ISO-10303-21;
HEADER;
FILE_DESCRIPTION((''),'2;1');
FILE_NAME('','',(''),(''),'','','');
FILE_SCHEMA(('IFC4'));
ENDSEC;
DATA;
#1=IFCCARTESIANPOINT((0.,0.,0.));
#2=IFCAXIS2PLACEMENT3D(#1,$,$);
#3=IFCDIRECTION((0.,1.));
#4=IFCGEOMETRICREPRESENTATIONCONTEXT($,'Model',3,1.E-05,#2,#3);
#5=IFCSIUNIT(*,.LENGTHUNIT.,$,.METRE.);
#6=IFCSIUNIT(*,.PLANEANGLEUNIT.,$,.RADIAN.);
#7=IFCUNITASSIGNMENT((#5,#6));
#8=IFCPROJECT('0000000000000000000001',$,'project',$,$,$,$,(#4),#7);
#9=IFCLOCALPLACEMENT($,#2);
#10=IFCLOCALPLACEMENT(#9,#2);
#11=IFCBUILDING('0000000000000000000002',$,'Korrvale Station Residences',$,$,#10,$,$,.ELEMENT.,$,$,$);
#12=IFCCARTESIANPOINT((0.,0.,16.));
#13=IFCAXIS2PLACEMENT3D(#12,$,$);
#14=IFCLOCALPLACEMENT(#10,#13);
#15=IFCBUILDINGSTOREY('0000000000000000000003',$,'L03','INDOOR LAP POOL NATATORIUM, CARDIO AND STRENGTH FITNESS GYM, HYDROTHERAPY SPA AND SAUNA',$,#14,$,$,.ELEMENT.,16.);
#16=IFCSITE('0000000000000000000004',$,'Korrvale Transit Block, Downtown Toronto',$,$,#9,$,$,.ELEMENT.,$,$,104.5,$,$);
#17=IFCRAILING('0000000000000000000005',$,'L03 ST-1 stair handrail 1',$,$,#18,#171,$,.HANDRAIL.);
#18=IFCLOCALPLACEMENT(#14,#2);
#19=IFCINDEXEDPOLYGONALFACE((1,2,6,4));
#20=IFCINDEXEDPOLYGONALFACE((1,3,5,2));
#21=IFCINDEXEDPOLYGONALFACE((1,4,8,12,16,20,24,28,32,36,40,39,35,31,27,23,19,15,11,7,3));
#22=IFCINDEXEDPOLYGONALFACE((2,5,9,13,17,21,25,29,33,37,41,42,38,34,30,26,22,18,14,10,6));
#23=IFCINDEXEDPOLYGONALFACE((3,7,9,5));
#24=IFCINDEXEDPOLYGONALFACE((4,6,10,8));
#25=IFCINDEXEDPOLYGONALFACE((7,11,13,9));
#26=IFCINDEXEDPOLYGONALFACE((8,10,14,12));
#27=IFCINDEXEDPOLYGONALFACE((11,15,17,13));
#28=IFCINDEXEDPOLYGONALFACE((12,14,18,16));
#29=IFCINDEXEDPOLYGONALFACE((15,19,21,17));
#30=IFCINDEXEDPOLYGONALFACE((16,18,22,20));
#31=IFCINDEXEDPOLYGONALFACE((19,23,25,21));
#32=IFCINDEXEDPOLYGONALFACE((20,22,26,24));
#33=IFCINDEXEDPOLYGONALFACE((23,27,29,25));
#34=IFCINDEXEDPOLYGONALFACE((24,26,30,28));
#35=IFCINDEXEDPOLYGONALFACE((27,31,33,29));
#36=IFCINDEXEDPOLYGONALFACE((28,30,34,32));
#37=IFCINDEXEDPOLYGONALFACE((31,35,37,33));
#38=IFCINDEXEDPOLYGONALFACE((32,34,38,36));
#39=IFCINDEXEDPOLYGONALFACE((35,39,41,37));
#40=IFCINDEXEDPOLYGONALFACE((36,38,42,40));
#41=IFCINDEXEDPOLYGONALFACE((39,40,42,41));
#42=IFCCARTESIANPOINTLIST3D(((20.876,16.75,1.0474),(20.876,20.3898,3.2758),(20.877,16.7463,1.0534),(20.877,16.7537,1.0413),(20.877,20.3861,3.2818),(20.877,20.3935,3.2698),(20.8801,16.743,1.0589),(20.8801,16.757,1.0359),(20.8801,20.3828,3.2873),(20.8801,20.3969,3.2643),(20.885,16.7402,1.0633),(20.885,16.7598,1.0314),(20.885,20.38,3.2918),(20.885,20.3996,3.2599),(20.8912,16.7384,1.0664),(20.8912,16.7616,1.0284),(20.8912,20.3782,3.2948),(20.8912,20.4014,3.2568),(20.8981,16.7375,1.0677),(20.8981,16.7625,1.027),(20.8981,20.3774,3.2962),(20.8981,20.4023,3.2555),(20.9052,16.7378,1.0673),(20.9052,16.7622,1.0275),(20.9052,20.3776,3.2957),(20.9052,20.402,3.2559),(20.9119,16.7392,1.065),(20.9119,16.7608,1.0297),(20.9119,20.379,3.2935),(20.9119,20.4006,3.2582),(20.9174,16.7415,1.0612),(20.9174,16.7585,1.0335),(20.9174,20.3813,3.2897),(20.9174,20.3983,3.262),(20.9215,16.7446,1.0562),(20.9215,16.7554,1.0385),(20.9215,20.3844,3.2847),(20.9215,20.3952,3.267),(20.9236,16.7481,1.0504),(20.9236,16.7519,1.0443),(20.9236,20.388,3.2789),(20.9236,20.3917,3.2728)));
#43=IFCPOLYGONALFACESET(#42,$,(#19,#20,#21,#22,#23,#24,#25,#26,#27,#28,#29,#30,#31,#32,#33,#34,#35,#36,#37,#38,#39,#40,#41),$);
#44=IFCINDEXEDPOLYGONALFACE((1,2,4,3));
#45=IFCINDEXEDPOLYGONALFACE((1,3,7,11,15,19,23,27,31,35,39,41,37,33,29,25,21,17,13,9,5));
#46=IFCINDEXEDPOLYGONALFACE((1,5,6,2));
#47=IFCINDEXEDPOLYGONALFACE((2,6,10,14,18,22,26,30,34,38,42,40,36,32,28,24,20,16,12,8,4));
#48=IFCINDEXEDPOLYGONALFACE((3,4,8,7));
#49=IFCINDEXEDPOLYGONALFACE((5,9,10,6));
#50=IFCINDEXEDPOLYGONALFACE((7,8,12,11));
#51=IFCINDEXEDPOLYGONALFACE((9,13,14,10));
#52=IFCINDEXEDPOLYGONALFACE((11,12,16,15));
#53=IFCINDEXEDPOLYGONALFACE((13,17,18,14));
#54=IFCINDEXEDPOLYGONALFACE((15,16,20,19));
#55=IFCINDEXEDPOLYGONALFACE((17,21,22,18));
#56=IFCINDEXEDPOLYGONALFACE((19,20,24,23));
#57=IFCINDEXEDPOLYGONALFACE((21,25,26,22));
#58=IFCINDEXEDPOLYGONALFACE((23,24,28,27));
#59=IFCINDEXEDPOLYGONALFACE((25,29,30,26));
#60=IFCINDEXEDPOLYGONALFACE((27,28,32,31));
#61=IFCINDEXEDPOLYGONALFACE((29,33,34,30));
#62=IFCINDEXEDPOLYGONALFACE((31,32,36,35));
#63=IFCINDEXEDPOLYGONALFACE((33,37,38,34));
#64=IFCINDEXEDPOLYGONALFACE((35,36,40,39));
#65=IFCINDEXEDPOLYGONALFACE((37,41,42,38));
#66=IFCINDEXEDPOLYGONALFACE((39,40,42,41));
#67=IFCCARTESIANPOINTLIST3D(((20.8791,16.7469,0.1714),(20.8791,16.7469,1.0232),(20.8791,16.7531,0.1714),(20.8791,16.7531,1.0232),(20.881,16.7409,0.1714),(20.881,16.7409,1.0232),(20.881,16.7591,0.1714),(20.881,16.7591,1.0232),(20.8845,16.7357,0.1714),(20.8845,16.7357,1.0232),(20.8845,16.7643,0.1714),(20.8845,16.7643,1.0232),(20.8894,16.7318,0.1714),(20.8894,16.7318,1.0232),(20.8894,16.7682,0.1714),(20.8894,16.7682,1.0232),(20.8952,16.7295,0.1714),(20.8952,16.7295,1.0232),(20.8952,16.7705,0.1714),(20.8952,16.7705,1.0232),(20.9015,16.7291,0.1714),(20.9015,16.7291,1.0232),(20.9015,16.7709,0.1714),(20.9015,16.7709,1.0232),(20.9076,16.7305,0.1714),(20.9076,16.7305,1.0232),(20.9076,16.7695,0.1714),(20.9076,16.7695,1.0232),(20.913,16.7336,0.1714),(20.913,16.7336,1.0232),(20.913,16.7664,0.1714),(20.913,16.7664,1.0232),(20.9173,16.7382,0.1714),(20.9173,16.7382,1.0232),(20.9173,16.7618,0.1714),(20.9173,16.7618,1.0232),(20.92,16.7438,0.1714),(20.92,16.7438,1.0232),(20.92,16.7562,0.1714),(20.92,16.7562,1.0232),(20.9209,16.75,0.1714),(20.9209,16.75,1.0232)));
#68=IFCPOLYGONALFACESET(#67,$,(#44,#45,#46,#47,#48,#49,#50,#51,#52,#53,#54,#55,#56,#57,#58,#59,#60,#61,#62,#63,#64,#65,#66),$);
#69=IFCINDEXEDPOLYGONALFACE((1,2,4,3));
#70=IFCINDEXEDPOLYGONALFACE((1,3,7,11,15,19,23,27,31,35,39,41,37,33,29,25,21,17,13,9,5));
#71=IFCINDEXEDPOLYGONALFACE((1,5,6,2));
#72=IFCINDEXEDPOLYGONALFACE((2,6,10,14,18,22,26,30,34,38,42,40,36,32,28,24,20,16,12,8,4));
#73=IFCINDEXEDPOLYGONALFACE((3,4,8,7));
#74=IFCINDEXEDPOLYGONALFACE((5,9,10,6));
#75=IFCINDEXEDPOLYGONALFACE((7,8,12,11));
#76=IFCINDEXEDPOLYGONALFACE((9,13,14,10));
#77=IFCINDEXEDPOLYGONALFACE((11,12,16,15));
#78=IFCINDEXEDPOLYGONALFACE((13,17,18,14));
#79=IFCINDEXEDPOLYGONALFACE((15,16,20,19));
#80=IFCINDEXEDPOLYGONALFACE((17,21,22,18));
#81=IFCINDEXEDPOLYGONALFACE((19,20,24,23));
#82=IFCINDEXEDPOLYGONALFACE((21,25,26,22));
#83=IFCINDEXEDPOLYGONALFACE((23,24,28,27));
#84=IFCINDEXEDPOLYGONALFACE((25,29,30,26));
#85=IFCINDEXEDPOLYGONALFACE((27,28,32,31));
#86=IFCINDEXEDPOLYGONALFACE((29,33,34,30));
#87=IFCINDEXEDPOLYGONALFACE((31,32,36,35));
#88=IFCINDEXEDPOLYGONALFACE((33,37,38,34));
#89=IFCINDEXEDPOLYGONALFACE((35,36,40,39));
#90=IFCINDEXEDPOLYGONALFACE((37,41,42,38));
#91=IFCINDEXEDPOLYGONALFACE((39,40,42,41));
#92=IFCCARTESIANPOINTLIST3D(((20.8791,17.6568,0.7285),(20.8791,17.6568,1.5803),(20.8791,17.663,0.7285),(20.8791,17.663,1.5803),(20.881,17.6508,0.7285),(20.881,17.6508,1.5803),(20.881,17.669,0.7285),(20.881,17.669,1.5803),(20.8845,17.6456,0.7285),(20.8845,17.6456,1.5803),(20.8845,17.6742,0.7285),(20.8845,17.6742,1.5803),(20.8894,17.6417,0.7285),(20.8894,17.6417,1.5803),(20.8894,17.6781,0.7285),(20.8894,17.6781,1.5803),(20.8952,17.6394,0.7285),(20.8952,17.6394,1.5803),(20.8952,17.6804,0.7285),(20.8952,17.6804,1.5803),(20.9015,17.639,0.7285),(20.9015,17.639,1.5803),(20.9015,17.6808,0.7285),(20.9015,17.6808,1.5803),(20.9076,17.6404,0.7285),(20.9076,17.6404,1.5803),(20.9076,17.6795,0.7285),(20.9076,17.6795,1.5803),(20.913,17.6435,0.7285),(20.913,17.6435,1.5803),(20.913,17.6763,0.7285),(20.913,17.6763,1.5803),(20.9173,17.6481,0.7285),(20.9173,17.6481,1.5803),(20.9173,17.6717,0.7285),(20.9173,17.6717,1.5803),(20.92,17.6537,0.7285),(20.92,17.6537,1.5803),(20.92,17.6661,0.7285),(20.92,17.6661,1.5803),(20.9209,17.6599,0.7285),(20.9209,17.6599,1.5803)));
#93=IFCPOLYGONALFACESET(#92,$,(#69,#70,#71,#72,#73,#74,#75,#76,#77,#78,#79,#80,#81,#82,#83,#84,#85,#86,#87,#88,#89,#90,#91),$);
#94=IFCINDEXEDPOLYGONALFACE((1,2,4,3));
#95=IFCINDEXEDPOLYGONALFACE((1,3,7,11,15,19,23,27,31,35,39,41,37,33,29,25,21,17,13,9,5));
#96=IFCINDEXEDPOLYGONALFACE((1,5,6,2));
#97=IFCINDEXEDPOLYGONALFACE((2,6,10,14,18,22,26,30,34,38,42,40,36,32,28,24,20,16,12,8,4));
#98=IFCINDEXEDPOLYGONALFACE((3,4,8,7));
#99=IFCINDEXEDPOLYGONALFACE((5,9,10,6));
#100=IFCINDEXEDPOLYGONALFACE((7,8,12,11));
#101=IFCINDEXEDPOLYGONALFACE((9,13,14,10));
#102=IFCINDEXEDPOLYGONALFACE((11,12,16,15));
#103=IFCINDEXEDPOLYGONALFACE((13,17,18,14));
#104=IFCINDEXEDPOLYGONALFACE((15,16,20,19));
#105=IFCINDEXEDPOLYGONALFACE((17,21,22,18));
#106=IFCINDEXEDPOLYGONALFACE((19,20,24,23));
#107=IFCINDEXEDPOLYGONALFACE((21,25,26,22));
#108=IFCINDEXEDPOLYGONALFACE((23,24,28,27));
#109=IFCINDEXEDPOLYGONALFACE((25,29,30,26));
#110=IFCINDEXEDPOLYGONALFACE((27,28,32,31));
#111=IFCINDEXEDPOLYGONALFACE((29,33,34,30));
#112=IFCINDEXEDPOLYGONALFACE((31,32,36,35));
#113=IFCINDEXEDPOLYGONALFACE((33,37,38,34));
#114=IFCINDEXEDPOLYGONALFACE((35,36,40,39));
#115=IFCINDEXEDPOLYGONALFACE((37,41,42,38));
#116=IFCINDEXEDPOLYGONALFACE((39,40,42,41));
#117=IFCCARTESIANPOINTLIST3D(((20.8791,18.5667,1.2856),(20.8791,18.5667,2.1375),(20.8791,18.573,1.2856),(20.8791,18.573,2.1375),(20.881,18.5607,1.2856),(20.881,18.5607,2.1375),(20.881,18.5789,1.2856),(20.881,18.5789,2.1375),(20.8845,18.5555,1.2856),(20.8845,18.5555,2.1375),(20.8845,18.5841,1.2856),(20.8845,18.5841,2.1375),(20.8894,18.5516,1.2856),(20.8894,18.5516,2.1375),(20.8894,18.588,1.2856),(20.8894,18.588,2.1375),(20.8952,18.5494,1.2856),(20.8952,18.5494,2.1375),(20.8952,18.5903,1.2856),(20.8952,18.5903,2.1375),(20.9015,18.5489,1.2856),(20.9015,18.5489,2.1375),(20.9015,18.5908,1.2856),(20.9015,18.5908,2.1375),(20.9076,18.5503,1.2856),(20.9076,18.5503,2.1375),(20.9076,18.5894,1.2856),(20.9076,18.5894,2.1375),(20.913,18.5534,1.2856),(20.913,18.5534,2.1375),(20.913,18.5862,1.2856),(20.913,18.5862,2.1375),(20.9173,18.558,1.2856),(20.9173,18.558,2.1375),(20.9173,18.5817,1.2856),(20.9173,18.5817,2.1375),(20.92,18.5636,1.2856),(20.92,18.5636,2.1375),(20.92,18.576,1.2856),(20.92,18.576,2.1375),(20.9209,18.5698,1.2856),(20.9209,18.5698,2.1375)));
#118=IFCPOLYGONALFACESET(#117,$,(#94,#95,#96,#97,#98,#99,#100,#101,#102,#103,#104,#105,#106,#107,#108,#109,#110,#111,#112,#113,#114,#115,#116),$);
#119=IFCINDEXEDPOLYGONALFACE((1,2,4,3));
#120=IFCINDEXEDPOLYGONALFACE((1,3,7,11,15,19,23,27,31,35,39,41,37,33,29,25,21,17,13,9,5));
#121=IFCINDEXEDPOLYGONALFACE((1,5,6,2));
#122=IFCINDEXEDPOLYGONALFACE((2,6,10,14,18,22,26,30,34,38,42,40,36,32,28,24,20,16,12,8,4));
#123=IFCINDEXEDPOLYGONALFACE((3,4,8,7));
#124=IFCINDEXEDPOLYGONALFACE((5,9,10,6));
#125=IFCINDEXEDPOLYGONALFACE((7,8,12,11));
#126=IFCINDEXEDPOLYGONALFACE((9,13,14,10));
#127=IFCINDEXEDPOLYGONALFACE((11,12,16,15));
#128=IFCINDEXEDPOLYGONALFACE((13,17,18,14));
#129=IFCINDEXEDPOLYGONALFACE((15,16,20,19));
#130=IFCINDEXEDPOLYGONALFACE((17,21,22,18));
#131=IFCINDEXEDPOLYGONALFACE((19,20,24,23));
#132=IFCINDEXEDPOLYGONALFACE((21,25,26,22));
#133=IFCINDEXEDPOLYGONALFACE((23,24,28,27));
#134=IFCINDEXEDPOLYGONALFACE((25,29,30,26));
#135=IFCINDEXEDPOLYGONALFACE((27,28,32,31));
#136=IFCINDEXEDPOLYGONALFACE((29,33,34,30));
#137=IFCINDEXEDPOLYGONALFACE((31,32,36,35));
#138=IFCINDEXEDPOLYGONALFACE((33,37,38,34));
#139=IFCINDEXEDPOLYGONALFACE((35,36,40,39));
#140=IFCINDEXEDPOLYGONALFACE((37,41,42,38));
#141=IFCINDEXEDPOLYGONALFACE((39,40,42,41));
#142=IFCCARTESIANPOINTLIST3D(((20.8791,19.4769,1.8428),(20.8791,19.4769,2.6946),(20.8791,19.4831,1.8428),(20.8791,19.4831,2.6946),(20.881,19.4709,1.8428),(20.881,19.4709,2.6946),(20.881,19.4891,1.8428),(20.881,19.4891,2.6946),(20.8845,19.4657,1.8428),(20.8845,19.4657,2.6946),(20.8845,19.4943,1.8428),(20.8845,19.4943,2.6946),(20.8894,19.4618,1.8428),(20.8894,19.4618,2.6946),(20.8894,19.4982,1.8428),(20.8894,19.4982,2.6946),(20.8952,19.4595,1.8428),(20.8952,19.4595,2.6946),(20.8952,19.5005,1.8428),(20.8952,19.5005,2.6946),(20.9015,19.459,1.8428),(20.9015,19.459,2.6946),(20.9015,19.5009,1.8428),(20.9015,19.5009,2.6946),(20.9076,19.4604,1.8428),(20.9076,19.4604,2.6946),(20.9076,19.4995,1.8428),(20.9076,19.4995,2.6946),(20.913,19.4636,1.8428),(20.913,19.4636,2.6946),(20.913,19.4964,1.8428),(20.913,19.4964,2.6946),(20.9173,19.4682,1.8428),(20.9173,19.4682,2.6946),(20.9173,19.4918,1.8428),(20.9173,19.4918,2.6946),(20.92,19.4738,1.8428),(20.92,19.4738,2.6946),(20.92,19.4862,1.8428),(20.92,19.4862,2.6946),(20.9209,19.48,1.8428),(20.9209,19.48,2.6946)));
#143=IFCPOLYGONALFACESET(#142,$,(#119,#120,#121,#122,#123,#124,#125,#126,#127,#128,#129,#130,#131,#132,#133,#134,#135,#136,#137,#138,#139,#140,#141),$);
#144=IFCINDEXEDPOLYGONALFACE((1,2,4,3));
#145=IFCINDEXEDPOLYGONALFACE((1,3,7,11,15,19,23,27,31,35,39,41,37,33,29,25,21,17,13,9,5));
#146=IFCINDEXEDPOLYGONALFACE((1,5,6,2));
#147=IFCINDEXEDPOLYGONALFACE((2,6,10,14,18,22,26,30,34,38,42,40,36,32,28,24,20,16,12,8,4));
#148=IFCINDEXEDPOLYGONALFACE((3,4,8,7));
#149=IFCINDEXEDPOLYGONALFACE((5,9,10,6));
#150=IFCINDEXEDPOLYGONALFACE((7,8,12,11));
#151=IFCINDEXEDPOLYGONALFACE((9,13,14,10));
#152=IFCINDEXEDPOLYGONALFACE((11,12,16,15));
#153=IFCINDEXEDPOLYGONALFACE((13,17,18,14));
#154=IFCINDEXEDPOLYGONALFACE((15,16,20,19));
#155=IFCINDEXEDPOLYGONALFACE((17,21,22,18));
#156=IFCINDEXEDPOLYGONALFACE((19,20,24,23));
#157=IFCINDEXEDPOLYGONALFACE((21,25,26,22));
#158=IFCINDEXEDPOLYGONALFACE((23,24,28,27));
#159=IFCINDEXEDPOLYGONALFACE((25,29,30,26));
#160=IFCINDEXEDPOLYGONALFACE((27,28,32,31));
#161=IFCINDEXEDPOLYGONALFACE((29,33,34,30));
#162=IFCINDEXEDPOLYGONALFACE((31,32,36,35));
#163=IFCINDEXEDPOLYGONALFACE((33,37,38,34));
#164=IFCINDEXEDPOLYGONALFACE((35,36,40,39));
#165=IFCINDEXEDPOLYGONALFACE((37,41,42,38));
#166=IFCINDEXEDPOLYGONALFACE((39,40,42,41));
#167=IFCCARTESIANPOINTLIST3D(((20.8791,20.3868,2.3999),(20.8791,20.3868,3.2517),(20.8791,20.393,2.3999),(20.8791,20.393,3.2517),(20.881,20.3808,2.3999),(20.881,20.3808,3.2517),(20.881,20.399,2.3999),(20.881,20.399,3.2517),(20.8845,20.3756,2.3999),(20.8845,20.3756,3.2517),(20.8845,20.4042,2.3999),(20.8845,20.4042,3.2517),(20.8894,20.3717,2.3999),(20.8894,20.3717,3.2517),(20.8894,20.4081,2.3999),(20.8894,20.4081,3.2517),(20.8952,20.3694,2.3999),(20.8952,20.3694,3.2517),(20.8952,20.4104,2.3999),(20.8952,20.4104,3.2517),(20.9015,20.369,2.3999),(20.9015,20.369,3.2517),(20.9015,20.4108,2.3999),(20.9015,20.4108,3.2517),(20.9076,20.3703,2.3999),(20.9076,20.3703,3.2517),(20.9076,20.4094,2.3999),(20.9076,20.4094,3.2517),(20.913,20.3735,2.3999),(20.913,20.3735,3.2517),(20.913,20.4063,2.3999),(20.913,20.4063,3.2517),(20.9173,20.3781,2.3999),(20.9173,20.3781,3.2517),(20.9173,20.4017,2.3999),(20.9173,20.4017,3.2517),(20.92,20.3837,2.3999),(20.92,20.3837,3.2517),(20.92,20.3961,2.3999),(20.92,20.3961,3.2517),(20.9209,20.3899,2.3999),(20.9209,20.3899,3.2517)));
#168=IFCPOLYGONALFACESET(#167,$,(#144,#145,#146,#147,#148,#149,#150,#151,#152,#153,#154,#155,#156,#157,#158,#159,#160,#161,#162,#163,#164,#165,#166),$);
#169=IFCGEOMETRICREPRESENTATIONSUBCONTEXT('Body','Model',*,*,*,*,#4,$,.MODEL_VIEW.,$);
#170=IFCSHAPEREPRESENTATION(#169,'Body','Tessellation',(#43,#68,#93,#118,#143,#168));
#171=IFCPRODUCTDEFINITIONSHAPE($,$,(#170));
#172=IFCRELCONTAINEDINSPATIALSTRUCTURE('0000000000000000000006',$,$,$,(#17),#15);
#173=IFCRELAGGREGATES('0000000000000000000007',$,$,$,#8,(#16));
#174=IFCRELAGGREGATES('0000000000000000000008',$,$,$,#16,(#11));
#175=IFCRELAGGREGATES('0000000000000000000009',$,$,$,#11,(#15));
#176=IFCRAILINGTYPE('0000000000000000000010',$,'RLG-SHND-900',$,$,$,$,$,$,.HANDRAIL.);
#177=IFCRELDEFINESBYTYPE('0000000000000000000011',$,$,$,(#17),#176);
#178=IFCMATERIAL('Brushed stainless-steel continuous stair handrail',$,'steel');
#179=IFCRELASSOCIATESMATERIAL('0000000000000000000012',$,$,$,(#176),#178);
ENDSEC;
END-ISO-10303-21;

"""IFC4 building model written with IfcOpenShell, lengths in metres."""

from ifc_helpers import new_model, si_unit, direction, frame, origin, origin_2d, place, context, subcontext, project, spatial, circle, extrude, material, type_object, element, save


model = new_model("IFC4")

# Units and contexts
model_context = context("Model", 3, precision=1e-05, world=origin(), true_north=direction((0.0, 1.0)))
body_context = subcontext(model_context, "Body", "Model", "MODEL_VIEW")
ifc_project = project(units=[si_unit("LENGTHUNIT", "METRE"), si_unit("PLANEANGLEUNIT", "RADIAN")], contexts=[model_context])

# Site, building, storey
site_placement = place(None, origin())
site = spatial("IfcSite", under=ifc_project, at=site_placement, Name="Korrvale Transit Block, Downtown Toronto", CompositionType="ELEMENT", RefElevation=104.5)
building_placement = place(site_placement, origin())
building = spatial("IfcBuilding", under=site, at=building_placement, Name="Korrvale Station Residences", CompositionType="ELEMENT")
storey_placement = place(building_placement, frame((0.0, 0.0, 16.0)))
storey = spatial("IfcBuildingStorey", under=building, at=storey_placement, Name="L03", Description="INDOOR LAP POOL NATATORIUM, CARDIO AND STRENGTH FITNESS GYM, HYDROTHERAPY SPA AND SAUNA", CompositionType="ELEMENT", Elevation=16.0)

# Railing
ifc_material_1 = material(Name="Brushed stainless-steel continuous stair handrail", Category="steel")
railing_type_1 = type_object("IfcRailingType", Name="RLG-SHND-900", PredefinedType="HANDRAIL", material=ifc_material_1)
railing_1_placement = place(storey_placement, frame((20.8999, 16.75, 0.1714)))
element("IfcRailing", 1, at=railing_1_placement, inside=storey, type_object=railing_type_1, Name="L03 ST-1 stair handrail 1", PredefinedType="HANDRAIL", context=body_context, shape_type="SweptSolid", body=[
    extrude(circle(Radius=0.0239, at=origin_2d()), frame((0.0, 0.0, 0.876), z_axis=(0.0, 0.85285, 0.522156), x_axis=(-1.0, 0.0, 0.0)), (0.0, 0.0, 1.0), 4.2678),
    extrude(circle(Radius=0.021, at=origin_2d()), origin(), (0.0, 0.0, 1.0), 0.8518),
    extrude(circle(Radius=0.021, at=origin_2d()), frame((0.0, 0.9099, 0.5571)), (0.0, 0.0, 1.0), 0.8518),
    extrude(circle(Radius=0.021, at=origin_2d()), frame((0.0, 1.8198, 1.1143)), (0.0, 0.0, 1.0), 0.8518),
    extrude(circle(Radius=0.021, at=origin_2d()), frame((0.0, 2.73, 1.6714)), (0.0, 0.0, 1.0), 0.8518),
    extrude(circle(Radius=0.021, at=origin_2d()), frame((0.0, 3.6399, 2.2285)), (0.0, 0.0, 1.0), 0.8518),
])

save(model, "model.ifc")
